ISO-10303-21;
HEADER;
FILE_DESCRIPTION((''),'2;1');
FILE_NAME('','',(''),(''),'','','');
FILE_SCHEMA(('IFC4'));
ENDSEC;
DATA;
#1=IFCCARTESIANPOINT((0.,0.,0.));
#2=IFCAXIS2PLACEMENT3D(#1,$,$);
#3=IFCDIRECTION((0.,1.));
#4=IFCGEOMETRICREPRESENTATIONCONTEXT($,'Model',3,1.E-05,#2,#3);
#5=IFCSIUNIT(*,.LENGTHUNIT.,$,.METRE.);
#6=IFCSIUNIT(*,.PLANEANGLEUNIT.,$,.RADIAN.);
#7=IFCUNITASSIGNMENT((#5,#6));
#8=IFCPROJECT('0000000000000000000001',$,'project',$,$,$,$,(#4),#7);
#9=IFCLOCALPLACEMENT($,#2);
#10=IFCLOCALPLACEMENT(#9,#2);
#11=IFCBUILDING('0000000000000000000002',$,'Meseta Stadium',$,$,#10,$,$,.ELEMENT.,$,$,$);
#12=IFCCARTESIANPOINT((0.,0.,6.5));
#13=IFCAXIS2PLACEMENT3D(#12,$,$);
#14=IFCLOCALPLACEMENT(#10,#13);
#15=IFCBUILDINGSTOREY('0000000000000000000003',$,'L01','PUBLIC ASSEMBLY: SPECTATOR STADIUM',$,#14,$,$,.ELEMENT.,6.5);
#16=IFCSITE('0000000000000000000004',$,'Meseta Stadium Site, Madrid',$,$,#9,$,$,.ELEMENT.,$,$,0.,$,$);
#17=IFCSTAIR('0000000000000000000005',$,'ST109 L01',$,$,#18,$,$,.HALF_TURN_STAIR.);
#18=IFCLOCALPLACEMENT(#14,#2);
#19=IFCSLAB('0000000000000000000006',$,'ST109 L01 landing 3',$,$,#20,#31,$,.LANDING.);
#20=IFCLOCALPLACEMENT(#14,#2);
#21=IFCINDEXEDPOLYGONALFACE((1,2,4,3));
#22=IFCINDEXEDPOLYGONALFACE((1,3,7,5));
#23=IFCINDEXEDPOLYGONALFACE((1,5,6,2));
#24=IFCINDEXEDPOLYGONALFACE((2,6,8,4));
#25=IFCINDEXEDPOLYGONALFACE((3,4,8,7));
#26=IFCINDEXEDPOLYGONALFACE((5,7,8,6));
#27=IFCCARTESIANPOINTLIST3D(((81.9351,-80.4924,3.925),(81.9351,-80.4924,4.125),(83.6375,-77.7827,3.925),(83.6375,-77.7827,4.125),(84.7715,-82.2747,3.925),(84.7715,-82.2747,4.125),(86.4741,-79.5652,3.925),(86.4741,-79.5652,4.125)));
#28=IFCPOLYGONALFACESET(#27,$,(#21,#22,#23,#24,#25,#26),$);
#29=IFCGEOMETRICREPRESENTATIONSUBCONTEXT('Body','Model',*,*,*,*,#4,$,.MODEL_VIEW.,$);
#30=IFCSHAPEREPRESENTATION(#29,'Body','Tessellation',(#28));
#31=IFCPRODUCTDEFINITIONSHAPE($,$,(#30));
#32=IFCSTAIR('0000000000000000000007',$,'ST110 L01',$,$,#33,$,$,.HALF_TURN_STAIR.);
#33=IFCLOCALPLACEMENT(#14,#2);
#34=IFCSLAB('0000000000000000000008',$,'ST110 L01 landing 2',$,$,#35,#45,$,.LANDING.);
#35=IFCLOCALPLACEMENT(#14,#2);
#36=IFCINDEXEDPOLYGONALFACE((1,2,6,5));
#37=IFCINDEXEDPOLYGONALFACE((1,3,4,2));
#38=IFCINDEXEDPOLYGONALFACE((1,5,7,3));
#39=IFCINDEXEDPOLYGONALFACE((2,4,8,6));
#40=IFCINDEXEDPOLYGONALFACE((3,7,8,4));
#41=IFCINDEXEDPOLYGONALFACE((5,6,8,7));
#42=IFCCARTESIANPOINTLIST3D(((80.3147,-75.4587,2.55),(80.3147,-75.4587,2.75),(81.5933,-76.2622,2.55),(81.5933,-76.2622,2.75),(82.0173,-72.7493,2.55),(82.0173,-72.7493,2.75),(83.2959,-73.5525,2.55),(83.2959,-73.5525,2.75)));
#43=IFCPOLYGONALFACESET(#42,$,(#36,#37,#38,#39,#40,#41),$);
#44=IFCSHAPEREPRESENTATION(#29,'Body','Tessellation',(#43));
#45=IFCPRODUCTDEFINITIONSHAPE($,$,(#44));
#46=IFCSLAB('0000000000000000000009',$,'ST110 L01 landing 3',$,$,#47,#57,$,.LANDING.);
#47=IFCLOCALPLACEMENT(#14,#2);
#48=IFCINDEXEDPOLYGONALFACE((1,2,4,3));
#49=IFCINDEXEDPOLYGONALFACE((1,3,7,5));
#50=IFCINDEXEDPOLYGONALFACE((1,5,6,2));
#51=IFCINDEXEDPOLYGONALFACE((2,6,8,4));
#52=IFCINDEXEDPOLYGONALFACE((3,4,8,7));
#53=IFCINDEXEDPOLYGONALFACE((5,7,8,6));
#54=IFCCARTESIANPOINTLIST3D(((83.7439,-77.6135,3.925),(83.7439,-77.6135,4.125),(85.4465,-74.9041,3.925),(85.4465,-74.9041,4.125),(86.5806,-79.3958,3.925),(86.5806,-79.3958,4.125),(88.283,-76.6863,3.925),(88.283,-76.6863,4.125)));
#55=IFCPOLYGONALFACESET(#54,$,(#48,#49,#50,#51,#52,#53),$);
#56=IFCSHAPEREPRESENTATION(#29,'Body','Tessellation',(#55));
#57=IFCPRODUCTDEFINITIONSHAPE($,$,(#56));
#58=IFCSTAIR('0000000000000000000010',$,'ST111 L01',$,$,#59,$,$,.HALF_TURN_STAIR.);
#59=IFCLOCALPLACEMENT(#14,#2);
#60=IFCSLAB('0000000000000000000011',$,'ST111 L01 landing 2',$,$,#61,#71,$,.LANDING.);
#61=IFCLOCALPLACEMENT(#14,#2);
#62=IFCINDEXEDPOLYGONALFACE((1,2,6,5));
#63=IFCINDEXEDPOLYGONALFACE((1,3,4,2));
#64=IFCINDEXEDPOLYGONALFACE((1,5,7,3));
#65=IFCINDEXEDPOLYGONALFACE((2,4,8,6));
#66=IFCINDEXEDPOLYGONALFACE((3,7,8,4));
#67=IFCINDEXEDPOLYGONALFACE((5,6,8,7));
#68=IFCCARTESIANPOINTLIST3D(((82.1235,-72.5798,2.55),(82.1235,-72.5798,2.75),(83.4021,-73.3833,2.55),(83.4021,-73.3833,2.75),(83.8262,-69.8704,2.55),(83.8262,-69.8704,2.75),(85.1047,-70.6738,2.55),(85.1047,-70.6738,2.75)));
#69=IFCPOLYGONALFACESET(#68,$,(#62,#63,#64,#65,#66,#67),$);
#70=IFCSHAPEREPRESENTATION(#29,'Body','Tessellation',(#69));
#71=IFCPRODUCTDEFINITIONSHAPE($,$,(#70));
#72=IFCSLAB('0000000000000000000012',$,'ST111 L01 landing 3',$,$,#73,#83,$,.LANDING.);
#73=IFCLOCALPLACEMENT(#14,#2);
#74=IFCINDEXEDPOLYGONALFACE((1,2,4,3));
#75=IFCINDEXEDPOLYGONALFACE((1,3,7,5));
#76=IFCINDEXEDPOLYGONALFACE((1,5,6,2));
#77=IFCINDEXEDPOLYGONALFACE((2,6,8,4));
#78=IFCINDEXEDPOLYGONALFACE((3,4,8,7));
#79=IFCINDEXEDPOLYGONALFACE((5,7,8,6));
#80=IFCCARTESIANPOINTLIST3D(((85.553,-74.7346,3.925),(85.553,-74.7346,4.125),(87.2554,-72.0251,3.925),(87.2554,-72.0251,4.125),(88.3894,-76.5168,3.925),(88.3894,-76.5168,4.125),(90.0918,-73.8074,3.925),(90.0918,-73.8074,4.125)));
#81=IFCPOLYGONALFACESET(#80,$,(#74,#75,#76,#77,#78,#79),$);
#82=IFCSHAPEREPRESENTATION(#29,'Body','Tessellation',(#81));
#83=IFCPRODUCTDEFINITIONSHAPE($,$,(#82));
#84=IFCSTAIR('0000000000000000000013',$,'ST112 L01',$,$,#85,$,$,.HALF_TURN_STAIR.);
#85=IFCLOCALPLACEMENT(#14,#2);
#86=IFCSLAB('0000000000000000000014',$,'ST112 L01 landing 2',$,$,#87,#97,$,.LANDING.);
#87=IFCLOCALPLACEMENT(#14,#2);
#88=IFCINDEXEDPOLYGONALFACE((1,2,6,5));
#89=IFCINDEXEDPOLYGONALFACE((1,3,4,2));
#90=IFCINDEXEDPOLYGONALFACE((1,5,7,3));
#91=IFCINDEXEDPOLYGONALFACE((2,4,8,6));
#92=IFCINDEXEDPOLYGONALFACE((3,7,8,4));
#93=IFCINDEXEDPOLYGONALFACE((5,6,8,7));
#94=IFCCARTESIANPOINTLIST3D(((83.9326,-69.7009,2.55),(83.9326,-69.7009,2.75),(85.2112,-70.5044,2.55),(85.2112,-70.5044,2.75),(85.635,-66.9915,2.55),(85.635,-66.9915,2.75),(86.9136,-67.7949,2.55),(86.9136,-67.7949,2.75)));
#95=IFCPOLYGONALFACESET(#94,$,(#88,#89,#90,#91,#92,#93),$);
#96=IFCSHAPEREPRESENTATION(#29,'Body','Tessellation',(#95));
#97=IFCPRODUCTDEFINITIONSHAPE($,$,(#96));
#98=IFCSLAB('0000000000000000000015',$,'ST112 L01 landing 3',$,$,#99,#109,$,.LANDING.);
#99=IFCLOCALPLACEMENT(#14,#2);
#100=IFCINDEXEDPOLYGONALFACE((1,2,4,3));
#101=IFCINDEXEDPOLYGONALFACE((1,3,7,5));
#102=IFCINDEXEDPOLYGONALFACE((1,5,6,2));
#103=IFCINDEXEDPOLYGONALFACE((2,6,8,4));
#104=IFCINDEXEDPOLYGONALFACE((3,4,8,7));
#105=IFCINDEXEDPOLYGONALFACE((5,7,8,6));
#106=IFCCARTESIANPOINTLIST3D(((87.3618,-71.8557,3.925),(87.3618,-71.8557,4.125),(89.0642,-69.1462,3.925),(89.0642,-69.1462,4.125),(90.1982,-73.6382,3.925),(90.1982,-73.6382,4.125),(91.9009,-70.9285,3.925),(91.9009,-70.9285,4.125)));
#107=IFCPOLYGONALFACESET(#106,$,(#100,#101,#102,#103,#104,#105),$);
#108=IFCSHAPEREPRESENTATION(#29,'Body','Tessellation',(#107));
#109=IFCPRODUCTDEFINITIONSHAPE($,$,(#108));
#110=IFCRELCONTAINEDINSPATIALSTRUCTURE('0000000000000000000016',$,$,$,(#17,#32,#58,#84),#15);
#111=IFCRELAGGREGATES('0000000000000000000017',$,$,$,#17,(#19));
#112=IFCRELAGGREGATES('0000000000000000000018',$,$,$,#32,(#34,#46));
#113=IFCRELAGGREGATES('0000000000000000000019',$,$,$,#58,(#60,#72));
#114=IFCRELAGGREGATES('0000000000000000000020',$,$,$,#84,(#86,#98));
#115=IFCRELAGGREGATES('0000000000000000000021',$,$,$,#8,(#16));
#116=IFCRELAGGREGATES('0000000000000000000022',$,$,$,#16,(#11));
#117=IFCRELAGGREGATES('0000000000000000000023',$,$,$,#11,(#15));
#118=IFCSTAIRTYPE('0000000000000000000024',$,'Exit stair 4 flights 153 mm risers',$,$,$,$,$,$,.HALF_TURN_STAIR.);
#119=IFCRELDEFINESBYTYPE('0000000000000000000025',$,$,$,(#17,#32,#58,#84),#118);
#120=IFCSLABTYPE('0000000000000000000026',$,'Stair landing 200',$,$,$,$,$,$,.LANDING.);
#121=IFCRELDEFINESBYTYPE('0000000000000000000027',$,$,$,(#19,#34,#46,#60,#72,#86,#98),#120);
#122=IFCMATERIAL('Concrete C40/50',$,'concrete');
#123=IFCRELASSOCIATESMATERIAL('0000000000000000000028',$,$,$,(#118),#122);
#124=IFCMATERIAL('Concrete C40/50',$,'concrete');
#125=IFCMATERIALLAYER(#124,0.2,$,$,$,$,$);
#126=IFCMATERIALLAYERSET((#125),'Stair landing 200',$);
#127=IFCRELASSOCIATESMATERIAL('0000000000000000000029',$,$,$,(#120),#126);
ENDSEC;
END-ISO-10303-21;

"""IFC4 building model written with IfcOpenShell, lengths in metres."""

from ifc_helpers import new_model, si_unit, direction, frame, origin, place, context, subcontext, project, spatial, polyline, outline, extrude, material, layer, layer_set, type_object, element, aggregate, save


model = new_model("IFC4")

# Units and contexts
model_context = context("Model", 3, precision=1e-05, world=origin(), true_north=direction((0.0, 1.0)))
body_context = subcontext(model_context, "Body", "Model", "MODEL_VIEW")
ifc_project = project(units=[si_unit("LENGTHUNIT", "METRE"), si_unit("PLANEANGLEUNIT", "RADIAN")], contexts=[model_context])

# Site, building, storey
site_placement = place(None, origin())
site = spatial("IfcSite", under=ifc_project, at=site_placement, Name="Meseta Stadium Site, Madrid", CompositionType="ELEMENT", RefElevation=0.0)
building_placement = place(site_placement, origin())
building = spatial("IfcBuilding", under=site, at=building_placement, Name="Meseta Stadium", CompositionType="ELEMENT")
storey_placement = place(building_placement, frame((0.0, 0.0, 6.5)))
storey = spatial("IfcBuildingStorey", under=building, at=storey_placement, Name="L01", Description="PUBLIC ASSEMBLY: SPECTATOR STADIUM", CompositionType="ELEMENT", Elevation=6.5)

# Shared definitions
ifc_material_1 = material(Name="Concrete C40/50", Category="concrete")
stair_type = type_object("IfcStairType", Name="Exit stair 4 flights 153 mm risers", PredefinedType="HALF_TURN_STAIR", material=ifc_material_1)
ifc_material_2 = material(Name="Concrete C40/50", Category="concrete")
ifc_layer = layer(ifc_material_2, 0.2)
ifc_layer_set = layer_set([ifc_layer], Name="Stair landing 200")
slab_type = type_object("IfcSlabType", Name="Stair landing 200", PredefinedType="LANDING", material=ifc_layer_set)

# Stairs, slabs
stair_1_placement = place(storey_placement, origin())
stair_1 = element("IfcStair", 1, at=stair_1_placement, inside=storey, type_object=stair_type, Name="ST109 L01", PredefinedType="HALF_TURN_STAIR")
slab_1_placement = place(storey_placement, frame((0.0, 0.0, 3.925)))
slab_1 = element("IfcSlab", 2, at=slab_1_placement, type_object=slab_type, Name="ST109 L01 landing 3", PredefinedType="LANDING", context=body_context, shape_type="SweptSolid", body=[
    extrude(outline(polyline([(81.9351, -80.4924), (84.7715, -82.2747), (86.4741, -79.5652), (83.6375, -77.7827), (81.9351, -80.4924)])), origin(), (0.0, 0.0, 1.0), 0.2),
])
aggregate(stair_1, [slab_1])
stair_2_placement = place(storey_placement, origin())
stair_2 = element("IfcStair", 3, at=stair_2_placement, inside=storey, type_object=stair_type, Name="ST110 L01", PredefinedType="HALF_TURN_STAIR")
slab_2_placement = place(storey_placement, frame((0.0, 0.0, 2.55)))
slab_2 = element("IfcSlab", 4, at=slab_2_placement, type_object=slab_type, Name="ST110 L01 landing 2", PredefinedType="LANDING", context=body_context, shape_type="SweptSolid", body=[
    extrude(outline(polyline([(80.3147, -75.4587), (81.5933, -76.2622), (83.2959, -73.5525), (82.0173, -72.7493), (80.3147, -75.4587)])), origin(), (0.0, 0.0, 1.0), 0.2),
])
slab_3_placement = place(storey_placement, frame((0.0, 0.0, 3.925)))
slab_3 = element("IfcSlab", 5, at=slab_3_placement, type_object=slab_type, Name="ST110 L01 landing 3", PredefinedType="LANDING", context=body_context, shape_type="SweptSolid", body=[
    extrude(outline(polyline([(83.7439, -77.6135), (86.5806, -79.3958), (88.283, -76.6863), (85.4465, -74.9041), (83.7439, -77.6135)])), origin(), (0.0, 0.0, 1.0), 0.2),
])
aggregate(stair_2, [slab_2, slab_3])
stair_3_placement = place(storey_placement, origin())
stair_3 = element("IfcStair", 6, at=stair_3_placement, inside=storey, type_object=stair_type, Name="ST111 L01", PredefinedType="HALF_TURN_STAIR")
slab_4_placement = place(storey_placement, frame((0.0, 0.0, 2.55)))
slab_4 = element("IfcSlab", 7, at=slab_4_placement, type_object=slab_type, Name="ST111 L01 landing 2", PredefinedType="LANDING", context=body_context, shape_type="SweptSolid", body=[
    extrude(outline(polyline([(82.1235, -72.5798), (83.4021, -73.3833), (85.1047, -70.6738), (83.8262, -69.8704), (82.1235, -72.5798)])), origin(), (0.0, 0.0, 1.0), 0.2),
])
slab_5_placement = place(storey_placement, frame((0.0, 0.0, 3.925)))
slab_5 = element("IfcSlab", 8, at=slab_5_placement, type_object=slab_type, Name="ST111 L01 landing 3", PredefinedType="LANDING", context=body_context, shape_type="SweptSolid", body=[
    extrude(outline(polyline([(85.553, -74.7346), (88.3894, -76.5168), (90.0918, -73.8074), (87.2554, -72.0251), (85.553, -74.7346)])), origin(), (0.0, 0.0, 1.0), 0.2),
])
aggregate(stair_3, [slab_4, slab_5])
stair_4_placement = place(storey_placement, origin())
stair_4 = element("IfcStair", 9, at=stair_4_placement, inside=storey, type_object=stair_type, Name="ST112 L01", PredefinedType="HALF_TURN_STAIR")
slab_6_placement = place(storey_placement, frame((0.0, 0.0, 2.55)))
slab_6 = element("IfcSlab", 10, at=slab_6_placement, type_object=slab_type, Name="ST112 L01 landing 2", PredefinedType="LANDING", context=body_context, shape_type="SweptSolid", body=[
    extrude(outline(polyline([(83.9326, -69.7009), (85.2112, -70.5044), (86.9136, -67.7949), (85.635, -66.9915), (83.9326, -69.7009)])), origin(), (0.0, 0.0, 1.0), 0.2),
])
slab_7_placement = place(storey_placement, frame((0.0, 0.0, 3.925)))
slab_7 = element("IfcSlab", 11, at=slab_7_placement, type_object=slab_type, Name="ST112 L01 landing 3", PredefinedType="LANDING", context=body_context, shape_type="SweptSolid", body=[
    extrude(outline(polyline([(87.3618, -71.8557), (90.1982, -73.6382), (91.9009, -70.9285), (89.0642, -69.1462), (87.3618, -71.8557)])), origin(), (0.0, 0.0, 1.0), 0.2),
])
aggregate(stair_4, [slab_6, slab_7])

save(model, "model.ifc")
